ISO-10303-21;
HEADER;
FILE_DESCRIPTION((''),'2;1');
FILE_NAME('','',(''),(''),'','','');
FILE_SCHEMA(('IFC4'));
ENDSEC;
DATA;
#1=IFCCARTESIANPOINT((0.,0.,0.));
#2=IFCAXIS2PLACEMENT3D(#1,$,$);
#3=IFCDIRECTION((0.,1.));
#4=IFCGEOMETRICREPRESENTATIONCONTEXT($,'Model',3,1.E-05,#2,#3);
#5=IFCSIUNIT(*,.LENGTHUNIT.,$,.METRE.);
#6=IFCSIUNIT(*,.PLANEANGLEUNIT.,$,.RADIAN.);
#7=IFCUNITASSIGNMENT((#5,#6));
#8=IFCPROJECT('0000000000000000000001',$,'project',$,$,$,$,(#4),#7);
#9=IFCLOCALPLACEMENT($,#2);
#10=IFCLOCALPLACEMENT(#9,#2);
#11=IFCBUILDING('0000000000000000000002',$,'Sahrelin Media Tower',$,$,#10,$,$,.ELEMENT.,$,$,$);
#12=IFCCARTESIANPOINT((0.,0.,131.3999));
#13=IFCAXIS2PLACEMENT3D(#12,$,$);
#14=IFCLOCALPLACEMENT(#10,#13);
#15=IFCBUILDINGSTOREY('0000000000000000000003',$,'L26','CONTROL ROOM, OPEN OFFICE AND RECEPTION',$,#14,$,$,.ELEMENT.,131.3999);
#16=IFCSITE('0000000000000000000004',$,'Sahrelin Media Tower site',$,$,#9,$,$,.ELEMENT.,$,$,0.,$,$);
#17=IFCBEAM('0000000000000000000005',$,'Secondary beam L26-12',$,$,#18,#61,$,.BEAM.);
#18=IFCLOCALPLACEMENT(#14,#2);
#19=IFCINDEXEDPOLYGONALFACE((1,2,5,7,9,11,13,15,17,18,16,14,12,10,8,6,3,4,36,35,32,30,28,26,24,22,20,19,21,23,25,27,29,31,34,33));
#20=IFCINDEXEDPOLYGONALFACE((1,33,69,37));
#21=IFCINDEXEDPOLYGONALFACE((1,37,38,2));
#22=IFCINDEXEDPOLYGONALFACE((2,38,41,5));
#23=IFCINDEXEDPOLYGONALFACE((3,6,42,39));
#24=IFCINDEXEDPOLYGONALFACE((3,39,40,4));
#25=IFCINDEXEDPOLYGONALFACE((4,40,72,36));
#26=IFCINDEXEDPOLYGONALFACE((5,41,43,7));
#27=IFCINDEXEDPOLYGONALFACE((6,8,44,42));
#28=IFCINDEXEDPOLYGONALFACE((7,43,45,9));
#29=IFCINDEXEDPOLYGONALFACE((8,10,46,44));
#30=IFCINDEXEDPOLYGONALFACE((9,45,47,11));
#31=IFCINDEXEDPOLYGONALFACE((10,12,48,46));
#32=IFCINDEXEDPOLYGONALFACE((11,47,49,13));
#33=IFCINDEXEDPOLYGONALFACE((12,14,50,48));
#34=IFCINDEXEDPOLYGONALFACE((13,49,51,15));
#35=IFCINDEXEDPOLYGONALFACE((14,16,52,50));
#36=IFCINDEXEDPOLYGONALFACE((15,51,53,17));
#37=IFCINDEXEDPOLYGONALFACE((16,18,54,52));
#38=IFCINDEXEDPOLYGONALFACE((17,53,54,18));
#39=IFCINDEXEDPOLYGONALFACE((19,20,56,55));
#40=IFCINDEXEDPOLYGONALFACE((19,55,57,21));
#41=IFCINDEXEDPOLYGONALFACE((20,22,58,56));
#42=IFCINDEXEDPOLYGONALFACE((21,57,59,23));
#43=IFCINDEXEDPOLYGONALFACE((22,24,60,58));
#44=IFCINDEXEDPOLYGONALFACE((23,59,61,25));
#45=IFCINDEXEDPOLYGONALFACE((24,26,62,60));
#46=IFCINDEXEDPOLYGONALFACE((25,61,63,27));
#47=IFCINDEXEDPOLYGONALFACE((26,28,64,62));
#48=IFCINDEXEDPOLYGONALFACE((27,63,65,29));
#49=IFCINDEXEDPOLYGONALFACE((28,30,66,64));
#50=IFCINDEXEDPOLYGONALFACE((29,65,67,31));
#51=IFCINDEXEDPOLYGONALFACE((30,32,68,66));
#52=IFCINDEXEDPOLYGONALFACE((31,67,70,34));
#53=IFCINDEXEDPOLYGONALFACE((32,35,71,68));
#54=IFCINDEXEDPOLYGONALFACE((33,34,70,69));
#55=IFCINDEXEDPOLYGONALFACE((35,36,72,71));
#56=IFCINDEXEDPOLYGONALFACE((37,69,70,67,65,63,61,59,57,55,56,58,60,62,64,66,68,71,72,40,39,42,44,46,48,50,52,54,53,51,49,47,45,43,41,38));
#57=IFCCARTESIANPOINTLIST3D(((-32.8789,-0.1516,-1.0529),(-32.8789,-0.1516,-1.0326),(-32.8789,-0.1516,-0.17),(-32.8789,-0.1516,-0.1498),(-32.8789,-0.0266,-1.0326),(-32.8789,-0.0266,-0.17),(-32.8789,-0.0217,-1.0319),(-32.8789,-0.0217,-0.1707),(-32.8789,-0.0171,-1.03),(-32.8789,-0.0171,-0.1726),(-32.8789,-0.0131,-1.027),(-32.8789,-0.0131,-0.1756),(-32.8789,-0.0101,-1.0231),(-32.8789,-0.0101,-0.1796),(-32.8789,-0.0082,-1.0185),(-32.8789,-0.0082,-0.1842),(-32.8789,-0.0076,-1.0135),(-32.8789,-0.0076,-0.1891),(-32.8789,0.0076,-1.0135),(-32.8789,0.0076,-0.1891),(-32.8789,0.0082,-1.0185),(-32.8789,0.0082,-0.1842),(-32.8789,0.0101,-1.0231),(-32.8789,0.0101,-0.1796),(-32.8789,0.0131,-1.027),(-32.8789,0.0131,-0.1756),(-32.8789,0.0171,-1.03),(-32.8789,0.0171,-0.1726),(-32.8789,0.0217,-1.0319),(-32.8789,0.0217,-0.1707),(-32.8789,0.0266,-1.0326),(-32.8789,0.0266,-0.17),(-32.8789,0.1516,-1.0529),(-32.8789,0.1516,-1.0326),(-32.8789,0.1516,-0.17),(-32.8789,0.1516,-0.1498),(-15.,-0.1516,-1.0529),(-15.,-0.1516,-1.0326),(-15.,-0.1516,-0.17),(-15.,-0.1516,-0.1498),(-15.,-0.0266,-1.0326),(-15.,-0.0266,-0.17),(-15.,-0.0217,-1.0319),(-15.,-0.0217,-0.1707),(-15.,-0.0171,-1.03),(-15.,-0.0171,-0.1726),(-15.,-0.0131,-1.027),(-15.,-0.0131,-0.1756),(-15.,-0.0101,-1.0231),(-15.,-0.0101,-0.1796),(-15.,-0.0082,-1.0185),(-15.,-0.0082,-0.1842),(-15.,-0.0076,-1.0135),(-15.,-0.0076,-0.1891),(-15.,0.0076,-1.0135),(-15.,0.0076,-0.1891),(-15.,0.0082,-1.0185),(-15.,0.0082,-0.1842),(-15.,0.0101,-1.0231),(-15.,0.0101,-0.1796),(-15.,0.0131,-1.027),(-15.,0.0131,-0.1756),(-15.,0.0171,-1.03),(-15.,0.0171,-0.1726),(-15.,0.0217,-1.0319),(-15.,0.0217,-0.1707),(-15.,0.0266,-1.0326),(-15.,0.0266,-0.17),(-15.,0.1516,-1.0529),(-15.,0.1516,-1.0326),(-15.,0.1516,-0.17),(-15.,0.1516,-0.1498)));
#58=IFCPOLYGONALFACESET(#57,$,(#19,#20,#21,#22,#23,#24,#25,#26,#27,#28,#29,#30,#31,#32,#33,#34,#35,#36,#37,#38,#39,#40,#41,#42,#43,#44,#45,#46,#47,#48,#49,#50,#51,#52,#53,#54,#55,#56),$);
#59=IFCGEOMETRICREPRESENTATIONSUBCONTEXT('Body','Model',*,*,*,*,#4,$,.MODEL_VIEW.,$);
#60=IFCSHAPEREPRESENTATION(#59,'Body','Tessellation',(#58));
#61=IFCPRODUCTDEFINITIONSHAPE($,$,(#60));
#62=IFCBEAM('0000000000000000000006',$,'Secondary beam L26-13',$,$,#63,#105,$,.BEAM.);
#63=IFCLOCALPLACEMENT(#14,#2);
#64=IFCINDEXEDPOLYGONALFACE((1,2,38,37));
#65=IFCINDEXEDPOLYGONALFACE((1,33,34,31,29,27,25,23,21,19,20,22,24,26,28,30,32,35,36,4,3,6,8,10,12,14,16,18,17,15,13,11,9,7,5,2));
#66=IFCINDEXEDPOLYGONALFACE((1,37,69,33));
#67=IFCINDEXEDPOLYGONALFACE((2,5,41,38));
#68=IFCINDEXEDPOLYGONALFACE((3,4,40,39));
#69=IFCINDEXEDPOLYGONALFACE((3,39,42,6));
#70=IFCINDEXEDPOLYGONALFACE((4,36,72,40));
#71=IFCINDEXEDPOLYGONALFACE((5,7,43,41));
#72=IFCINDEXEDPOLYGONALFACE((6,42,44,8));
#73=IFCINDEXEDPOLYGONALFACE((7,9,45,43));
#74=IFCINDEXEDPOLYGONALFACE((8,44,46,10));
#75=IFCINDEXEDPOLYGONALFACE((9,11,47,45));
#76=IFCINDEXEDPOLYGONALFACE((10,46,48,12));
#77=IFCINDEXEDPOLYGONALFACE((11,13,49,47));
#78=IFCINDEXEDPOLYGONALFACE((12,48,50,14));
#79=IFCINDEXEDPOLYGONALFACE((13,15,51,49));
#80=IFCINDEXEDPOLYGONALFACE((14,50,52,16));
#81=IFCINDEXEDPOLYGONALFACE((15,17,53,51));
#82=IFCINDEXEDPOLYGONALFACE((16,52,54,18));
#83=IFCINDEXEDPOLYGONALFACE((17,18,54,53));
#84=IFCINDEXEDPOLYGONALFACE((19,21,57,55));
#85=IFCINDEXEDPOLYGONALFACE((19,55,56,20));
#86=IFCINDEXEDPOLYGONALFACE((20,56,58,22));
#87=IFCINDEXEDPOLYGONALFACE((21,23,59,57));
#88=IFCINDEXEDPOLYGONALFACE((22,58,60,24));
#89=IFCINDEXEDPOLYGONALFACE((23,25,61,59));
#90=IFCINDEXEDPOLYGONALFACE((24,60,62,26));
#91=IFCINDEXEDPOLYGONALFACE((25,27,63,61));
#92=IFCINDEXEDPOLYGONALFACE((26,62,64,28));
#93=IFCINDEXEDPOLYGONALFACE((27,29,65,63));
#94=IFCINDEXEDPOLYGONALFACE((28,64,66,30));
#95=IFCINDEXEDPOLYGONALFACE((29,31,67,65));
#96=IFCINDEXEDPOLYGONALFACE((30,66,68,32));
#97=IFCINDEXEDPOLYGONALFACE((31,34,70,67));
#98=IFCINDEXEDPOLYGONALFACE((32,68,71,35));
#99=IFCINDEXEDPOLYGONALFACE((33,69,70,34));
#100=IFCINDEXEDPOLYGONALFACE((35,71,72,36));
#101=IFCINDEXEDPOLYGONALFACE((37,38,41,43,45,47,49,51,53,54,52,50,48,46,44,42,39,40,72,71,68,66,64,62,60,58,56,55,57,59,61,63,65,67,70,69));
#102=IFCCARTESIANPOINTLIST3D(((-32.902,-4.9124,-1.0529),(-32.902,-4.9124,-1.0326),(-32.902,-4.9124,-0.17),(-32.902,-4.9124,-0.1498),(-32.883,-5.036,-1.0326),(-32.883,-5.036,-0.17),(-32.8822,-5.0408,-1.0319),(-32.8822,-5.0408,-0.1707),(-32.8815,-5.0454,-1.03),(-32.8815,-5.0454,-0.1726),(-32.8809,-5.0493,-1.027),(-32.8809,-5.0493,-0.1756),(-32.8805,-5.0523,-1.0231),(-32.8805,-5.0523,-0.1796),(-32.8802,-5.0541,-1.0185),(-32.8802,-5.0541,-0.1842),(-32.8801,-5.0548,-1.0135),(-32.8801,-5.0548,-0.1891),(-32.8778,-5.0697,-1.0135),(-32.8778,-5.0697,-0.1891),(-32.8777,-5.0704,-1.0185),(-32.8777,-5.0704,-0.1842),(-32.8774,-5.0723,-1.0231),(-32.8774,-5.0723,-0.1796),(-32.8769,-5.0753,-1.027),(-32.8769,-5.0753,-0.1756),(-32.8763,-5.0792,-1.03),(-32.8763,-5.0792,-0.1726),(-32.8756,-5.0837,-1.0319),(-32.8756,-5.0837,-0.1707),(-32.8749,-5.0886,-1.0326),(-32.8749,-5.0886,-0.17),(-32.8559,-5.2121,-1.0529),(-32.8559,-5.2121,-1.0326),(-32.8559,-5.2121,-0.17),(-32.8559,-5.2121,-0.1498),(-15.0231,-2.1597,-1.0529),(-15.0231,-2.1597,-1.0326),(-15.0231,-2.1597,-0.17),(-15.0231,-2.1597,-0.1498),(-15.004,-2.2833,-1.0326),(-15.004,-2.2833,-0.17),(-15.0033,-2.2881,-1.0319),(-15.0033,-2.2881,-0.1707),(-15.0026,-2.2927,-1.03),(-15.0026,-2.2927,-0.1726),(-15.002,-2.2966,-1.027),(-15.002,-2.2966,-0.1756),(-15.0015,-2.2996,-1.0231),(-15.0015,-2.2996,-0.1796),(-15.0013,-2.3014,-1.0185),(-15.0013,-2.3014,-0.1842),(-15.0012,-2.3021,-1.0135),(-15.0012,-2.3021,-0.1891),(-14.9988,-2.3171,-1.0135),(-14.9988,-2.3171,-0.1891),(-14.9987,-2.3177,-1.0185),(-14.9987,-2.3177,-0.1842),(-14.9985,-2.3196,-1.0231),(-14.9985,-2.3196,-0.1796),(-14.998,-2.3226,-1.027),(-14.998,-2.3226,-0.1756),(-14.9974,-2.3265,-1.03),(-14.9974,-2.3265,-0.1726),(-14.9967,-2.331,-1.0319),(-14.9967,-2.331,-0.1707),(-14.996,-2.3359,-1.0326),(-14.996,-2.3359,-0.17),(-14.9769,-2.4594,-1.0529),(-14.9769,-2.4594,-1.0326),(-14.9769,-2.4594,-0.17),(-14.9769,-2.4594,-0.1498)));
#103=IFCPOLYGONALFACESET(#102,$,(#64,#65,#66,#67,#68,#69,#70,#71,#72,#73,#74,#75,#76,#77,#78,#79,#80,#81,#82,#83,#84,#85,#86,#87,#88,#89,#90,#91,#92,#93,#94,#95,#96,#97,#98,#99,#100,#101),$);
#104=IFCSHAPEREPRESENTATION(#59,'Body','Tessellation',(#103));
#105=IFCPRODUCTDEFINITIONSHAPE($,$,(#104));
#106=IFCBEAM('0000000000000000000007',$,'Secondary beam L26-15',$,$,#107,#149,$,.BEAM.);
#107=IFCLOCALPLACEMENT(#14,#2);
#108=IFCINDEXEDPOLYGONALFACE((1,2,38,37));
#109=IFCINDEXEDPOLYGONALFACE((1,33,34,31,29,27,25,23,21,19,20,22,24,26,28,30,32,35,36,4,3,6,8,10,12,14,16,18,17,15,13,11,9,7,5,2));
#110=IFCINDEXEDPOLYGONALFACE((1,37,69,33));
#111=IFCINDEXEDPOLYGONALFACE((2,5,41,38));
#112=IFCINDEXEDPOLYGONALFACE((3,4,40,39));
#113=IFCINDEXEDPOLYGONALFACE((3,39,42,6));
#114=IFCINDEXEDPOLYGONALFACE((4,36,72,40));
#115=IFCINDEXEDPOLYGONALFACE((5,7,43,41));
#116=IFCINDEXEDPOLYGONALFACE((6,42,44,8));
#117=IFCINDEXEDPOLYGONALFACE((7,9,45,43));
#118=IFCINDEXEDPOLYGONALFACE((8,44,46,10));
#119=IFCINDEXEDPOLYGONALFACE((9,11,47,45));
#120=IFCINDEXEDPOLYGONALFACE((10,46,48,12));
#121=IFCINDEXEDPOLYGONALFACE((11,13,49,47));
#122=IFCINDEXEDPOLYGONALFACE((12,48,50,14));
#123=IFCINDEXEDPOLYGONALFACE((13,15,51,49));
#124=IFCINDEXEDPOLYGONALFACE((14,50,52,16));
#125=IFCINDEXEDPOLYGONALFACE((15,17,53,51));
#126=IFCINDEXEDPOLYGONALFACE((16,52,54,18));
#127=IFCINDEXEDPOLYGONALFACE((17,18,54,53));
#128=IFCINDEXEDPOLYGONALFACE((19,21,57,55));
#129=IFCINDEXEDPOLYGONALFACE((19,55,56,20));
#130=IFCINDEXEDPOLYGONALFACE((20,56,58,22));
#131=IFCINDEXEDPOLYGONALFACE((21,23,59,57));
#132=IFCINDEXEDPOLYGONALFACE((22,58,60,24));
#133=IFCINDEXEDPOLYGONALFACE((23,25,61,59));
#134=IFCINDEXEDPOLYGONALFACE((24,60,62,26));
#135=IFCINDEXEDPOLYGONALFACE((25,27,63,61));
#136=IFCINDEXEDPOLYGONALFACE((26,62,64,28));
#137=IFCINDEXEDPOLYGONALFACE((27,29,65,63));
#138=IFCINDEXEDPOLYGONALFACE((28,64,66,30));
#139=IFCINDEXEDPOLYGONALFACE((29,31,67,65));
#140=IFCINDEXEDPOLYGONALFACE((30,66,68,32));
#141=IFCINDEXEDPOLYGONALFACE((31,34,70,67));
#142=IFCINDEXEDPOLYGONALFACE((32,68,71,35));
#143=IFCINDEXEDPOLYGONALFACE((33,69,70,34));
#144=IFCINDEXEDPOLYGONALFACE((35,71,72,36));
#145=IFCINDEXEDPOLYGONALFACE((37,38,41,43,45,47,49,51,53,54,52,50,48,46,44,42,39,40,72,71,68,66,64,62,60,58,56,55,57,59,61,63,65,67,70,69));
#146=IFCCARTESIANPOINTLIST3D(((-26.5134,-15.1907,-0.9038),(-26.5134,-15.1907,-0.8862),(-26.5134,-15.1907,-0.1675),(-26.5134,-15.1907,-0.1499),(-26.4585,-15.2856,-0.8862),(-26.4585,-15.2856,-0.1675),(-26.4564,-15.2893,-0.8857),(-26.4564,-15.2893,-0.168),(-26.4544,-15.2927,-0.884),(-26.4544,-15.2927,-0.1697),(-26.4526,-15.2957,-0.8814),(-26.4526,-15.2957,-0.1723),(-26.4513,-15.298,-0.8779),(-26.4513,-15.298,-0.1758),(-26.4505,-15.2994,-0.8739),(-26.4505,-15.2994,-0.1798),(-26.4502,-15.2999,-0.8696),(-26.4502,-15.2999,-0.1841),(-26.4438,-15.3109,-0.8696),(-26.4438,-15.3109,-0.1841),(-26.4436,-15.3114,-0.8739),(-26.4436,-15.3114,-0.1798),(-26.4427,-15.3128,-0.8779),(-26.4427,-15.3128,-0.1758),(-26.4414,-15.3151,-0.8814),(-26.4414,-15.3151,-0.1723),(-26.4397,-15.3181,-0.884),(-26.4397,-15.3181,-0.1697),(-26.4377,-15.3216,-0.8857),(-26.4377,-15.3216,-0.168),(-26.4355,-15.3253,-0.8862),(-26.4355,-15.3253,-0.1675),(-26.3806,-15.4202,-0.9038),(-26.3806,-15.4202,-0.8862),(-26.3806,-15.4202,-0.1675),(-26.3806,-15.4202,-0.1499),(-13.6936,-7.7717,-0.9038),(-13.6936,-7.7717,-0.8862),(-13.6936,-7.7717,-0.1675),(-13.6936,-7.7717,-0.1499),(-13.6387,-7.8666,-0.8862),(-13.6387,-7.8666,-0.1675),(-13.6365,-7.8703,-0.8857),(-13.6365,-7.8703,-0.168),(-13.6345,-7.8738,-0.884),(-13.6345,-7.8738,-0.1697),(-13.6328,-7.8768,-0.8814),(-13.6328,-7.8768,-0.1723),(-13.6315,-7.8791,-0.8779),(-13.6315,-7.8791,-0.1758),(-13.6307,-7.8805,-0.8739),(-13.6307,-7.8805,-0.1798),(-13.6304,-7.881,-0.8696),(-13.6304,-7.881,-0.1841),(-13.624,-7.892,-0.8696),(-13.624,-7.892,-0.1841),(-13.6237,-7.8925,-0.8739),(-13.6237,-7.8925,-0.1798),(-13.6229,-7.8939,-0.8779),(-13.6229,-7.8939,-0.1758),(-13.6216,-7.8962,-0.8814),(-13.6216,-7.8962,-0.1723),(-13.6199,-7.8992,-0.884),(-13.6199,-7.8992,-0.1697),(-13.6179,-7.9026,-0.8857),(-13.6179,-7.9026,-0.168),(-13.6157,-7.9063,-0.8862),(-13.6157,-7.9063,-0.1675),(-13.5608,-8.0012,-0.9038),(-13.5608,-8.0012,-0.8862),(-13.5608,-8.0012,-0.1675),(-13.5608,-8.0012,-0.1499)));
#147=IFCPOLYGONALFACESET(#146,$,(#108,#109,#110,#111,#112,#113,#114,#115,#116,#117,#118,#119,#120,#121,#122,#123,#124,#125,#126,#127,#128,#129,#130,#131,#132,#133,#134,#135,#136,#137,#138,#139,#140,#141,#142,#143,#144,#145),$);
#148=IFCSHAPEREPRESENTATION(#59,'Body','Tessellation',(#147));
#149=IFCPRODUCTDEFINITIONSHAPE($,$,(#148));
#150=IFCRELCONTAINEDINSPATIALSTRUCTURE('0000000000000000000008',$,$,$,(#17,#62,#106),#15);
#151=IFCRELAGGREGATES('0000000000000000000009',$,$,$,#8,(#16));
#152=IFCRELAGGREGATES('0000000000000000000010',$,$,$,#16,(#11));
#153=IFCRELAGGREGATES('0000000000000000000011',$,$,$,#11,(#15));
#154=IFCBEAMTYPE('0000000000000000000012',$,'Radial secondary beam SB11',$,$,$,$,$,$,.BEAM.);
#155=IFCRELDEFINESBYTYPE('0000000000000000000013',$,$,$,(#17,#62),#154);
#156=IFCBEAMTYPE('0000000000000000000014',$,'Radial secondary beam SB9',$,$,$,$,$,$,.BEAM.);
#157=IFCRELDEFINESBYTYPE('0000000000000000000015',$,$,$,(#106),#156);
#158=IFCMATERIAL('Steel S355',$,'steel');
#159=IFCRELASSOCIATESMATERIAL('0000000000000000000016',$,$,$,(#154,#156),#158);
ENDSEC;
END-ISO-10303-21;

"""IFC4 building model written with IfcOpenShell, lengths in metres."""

from ifc_helpers import new_model, si_unit, direction, frame, origin, origin_2d, place, context, subcontext, project, spatial, i_section, extrude, material, material_profile, profile_set, type_object, element, save


model = new_model("IFC4")

# Units and contexts
model_context = context("Model", 3, precision=1e-05, world=origin(), true_north=direction((0.0, 1.0)))
body_context = subcontext(model_context, "Body", "Model", "MODEL_VIEW")
ifc_project = project(units=[si_unit("LENGTHUNIT", "METRE"), si_unit("PLANEANGLEUNIT", "RADIAN")], contexts=[model_context])

# Site, building, storey
site_placement = place(None, origin())
site = spatial("IfcSite", under=ifc_project, at=site_placement, Name="Sahrelin Media Tower site", CompositionType="ELEMENT", RefElevation=0.0)
building_placement = place(site_placement, origin())
building = spatial("IfcBuilding", under=site, at=building_placement, Name="Sahrelin Media Tower", CompositionType="ELEMENT")
storey_placement = place(building_placement, frame((0.0, 0.0, 131.3999)))
storey = spatial("IfcBuildingStorey", under=building, at=storey_placement, Name="L26", Description="CONTROL ROOM, OPEN OFFICE AND RECEPTION", CompositionType="ELEMENT", Elevation=131.3999)

# Beams
ifc_material_1 = material(Name="Steel S355", Category="steel")
ifc_material_profile_1 = material_profile(ifc_material_1, i_section(OverallWidth=0.3032, OverallDepth=0.9031, WebThickness=0.0151, FlangeThickness=0.0203, FilletRadius=0.019, at=origin_2d()), Name="UB 914x305x201")
ifc_profile_set_1 = profile_set([ifc_material_profile_1], Name="Steel S355")
beam_type_1 = type_object("IfcBeamType", Name="Radial secondary beam SB11", PredefinedType="BEAM", material=ifc_profile_set_1)
beam_1_placement = place(storey_placement, frame((-15.0, 0.0, -0.6013), z_axis=(-1.0, 0.0, 0.0), x_axis=(0.0, -1.0, 0.0)))
element("IfcBeam", 1, at=beam_1_placement, inside=storey, type_object=beam_type_1, Name="Secondary beam L26-12", PredefinedType="BEAM", context=body_context, shape_type="SweptSolid", body=[
    extrude(i_section(OverallWidth=0.3032, OverallDepth=0.9031, WebThickness=0.0151, FlangeThickness=0.0203, FilletRadius=0.019, at=origin_2d()), origin(), (0.0, 0.0, 1.0), 17.8789),
])
beam_2_placement = place(storey_placement, frame((-15.0, -2.3096, -0.6013), z_axis=(-0.988354, -0.15217, 0.0), x_axis=(0.15217, -0.988354, 0.0)))
element("IfcBeam", 2, at=beam_2_placement, inside=storey, type_object=beam_type_1, Name="Secondary beam L26-13", PredefinedType="BEAM", context=body_context, shape_type="SweptSolid", body=[
    extrude(i_section(OverallWidth=0.3032, OverallDepth=0.9031, WebThickness=0.0151, FlangeThickness=0.0203, FilletRadius=0.019, at=origin_2d()), origin(), (0.0, 0.0, 1.0), 18.0896),
])
ifc_material_profile_2 = material_profile(ifc_material_1, i_section(OverallWidth=0.2651, OverallDepth=0.7539, WebThickness=0.0127, FlangeThickness=0.0176, FilletRadius=0.0166, at=origin_2d()), Name="UB 762x267x147")
ifc_profile_set_2 = profile_set([ifc_material_profile_2], Name="Steel S355")
beam_type_2 = type_object("IfcBeamType", Name="Radial secondary beam SB9", PredefinedType="BEAM", material=ifc_profile_set_2)
beam_3_placement = place(storey_placement, frame((-13.6272, -7.8865, -0.5269), z_axis=(-0.865516, -0.500882, 0.0), x_axis=(0.500882, -0.865516, 0.0)))
element("IfcBeam", 3, at=beam_3_placement, inside=storey, type_object=beam_type_2, Name="Secondary beam L26-15", PredefinedType="BEAM", context=body_context, shape_type="SweptSolid", body=[
    extrude(i_section(OverallWidth=0.2651, OverallDepth=0.7539, WebThickness=0.0127, FlangeThickness=0.0176, FilletRadius=0.0166, at=origin_2d()), origin(), (0.0, 0.0, 1.0), 14.8118),
])

save(model, "model.ifc")
